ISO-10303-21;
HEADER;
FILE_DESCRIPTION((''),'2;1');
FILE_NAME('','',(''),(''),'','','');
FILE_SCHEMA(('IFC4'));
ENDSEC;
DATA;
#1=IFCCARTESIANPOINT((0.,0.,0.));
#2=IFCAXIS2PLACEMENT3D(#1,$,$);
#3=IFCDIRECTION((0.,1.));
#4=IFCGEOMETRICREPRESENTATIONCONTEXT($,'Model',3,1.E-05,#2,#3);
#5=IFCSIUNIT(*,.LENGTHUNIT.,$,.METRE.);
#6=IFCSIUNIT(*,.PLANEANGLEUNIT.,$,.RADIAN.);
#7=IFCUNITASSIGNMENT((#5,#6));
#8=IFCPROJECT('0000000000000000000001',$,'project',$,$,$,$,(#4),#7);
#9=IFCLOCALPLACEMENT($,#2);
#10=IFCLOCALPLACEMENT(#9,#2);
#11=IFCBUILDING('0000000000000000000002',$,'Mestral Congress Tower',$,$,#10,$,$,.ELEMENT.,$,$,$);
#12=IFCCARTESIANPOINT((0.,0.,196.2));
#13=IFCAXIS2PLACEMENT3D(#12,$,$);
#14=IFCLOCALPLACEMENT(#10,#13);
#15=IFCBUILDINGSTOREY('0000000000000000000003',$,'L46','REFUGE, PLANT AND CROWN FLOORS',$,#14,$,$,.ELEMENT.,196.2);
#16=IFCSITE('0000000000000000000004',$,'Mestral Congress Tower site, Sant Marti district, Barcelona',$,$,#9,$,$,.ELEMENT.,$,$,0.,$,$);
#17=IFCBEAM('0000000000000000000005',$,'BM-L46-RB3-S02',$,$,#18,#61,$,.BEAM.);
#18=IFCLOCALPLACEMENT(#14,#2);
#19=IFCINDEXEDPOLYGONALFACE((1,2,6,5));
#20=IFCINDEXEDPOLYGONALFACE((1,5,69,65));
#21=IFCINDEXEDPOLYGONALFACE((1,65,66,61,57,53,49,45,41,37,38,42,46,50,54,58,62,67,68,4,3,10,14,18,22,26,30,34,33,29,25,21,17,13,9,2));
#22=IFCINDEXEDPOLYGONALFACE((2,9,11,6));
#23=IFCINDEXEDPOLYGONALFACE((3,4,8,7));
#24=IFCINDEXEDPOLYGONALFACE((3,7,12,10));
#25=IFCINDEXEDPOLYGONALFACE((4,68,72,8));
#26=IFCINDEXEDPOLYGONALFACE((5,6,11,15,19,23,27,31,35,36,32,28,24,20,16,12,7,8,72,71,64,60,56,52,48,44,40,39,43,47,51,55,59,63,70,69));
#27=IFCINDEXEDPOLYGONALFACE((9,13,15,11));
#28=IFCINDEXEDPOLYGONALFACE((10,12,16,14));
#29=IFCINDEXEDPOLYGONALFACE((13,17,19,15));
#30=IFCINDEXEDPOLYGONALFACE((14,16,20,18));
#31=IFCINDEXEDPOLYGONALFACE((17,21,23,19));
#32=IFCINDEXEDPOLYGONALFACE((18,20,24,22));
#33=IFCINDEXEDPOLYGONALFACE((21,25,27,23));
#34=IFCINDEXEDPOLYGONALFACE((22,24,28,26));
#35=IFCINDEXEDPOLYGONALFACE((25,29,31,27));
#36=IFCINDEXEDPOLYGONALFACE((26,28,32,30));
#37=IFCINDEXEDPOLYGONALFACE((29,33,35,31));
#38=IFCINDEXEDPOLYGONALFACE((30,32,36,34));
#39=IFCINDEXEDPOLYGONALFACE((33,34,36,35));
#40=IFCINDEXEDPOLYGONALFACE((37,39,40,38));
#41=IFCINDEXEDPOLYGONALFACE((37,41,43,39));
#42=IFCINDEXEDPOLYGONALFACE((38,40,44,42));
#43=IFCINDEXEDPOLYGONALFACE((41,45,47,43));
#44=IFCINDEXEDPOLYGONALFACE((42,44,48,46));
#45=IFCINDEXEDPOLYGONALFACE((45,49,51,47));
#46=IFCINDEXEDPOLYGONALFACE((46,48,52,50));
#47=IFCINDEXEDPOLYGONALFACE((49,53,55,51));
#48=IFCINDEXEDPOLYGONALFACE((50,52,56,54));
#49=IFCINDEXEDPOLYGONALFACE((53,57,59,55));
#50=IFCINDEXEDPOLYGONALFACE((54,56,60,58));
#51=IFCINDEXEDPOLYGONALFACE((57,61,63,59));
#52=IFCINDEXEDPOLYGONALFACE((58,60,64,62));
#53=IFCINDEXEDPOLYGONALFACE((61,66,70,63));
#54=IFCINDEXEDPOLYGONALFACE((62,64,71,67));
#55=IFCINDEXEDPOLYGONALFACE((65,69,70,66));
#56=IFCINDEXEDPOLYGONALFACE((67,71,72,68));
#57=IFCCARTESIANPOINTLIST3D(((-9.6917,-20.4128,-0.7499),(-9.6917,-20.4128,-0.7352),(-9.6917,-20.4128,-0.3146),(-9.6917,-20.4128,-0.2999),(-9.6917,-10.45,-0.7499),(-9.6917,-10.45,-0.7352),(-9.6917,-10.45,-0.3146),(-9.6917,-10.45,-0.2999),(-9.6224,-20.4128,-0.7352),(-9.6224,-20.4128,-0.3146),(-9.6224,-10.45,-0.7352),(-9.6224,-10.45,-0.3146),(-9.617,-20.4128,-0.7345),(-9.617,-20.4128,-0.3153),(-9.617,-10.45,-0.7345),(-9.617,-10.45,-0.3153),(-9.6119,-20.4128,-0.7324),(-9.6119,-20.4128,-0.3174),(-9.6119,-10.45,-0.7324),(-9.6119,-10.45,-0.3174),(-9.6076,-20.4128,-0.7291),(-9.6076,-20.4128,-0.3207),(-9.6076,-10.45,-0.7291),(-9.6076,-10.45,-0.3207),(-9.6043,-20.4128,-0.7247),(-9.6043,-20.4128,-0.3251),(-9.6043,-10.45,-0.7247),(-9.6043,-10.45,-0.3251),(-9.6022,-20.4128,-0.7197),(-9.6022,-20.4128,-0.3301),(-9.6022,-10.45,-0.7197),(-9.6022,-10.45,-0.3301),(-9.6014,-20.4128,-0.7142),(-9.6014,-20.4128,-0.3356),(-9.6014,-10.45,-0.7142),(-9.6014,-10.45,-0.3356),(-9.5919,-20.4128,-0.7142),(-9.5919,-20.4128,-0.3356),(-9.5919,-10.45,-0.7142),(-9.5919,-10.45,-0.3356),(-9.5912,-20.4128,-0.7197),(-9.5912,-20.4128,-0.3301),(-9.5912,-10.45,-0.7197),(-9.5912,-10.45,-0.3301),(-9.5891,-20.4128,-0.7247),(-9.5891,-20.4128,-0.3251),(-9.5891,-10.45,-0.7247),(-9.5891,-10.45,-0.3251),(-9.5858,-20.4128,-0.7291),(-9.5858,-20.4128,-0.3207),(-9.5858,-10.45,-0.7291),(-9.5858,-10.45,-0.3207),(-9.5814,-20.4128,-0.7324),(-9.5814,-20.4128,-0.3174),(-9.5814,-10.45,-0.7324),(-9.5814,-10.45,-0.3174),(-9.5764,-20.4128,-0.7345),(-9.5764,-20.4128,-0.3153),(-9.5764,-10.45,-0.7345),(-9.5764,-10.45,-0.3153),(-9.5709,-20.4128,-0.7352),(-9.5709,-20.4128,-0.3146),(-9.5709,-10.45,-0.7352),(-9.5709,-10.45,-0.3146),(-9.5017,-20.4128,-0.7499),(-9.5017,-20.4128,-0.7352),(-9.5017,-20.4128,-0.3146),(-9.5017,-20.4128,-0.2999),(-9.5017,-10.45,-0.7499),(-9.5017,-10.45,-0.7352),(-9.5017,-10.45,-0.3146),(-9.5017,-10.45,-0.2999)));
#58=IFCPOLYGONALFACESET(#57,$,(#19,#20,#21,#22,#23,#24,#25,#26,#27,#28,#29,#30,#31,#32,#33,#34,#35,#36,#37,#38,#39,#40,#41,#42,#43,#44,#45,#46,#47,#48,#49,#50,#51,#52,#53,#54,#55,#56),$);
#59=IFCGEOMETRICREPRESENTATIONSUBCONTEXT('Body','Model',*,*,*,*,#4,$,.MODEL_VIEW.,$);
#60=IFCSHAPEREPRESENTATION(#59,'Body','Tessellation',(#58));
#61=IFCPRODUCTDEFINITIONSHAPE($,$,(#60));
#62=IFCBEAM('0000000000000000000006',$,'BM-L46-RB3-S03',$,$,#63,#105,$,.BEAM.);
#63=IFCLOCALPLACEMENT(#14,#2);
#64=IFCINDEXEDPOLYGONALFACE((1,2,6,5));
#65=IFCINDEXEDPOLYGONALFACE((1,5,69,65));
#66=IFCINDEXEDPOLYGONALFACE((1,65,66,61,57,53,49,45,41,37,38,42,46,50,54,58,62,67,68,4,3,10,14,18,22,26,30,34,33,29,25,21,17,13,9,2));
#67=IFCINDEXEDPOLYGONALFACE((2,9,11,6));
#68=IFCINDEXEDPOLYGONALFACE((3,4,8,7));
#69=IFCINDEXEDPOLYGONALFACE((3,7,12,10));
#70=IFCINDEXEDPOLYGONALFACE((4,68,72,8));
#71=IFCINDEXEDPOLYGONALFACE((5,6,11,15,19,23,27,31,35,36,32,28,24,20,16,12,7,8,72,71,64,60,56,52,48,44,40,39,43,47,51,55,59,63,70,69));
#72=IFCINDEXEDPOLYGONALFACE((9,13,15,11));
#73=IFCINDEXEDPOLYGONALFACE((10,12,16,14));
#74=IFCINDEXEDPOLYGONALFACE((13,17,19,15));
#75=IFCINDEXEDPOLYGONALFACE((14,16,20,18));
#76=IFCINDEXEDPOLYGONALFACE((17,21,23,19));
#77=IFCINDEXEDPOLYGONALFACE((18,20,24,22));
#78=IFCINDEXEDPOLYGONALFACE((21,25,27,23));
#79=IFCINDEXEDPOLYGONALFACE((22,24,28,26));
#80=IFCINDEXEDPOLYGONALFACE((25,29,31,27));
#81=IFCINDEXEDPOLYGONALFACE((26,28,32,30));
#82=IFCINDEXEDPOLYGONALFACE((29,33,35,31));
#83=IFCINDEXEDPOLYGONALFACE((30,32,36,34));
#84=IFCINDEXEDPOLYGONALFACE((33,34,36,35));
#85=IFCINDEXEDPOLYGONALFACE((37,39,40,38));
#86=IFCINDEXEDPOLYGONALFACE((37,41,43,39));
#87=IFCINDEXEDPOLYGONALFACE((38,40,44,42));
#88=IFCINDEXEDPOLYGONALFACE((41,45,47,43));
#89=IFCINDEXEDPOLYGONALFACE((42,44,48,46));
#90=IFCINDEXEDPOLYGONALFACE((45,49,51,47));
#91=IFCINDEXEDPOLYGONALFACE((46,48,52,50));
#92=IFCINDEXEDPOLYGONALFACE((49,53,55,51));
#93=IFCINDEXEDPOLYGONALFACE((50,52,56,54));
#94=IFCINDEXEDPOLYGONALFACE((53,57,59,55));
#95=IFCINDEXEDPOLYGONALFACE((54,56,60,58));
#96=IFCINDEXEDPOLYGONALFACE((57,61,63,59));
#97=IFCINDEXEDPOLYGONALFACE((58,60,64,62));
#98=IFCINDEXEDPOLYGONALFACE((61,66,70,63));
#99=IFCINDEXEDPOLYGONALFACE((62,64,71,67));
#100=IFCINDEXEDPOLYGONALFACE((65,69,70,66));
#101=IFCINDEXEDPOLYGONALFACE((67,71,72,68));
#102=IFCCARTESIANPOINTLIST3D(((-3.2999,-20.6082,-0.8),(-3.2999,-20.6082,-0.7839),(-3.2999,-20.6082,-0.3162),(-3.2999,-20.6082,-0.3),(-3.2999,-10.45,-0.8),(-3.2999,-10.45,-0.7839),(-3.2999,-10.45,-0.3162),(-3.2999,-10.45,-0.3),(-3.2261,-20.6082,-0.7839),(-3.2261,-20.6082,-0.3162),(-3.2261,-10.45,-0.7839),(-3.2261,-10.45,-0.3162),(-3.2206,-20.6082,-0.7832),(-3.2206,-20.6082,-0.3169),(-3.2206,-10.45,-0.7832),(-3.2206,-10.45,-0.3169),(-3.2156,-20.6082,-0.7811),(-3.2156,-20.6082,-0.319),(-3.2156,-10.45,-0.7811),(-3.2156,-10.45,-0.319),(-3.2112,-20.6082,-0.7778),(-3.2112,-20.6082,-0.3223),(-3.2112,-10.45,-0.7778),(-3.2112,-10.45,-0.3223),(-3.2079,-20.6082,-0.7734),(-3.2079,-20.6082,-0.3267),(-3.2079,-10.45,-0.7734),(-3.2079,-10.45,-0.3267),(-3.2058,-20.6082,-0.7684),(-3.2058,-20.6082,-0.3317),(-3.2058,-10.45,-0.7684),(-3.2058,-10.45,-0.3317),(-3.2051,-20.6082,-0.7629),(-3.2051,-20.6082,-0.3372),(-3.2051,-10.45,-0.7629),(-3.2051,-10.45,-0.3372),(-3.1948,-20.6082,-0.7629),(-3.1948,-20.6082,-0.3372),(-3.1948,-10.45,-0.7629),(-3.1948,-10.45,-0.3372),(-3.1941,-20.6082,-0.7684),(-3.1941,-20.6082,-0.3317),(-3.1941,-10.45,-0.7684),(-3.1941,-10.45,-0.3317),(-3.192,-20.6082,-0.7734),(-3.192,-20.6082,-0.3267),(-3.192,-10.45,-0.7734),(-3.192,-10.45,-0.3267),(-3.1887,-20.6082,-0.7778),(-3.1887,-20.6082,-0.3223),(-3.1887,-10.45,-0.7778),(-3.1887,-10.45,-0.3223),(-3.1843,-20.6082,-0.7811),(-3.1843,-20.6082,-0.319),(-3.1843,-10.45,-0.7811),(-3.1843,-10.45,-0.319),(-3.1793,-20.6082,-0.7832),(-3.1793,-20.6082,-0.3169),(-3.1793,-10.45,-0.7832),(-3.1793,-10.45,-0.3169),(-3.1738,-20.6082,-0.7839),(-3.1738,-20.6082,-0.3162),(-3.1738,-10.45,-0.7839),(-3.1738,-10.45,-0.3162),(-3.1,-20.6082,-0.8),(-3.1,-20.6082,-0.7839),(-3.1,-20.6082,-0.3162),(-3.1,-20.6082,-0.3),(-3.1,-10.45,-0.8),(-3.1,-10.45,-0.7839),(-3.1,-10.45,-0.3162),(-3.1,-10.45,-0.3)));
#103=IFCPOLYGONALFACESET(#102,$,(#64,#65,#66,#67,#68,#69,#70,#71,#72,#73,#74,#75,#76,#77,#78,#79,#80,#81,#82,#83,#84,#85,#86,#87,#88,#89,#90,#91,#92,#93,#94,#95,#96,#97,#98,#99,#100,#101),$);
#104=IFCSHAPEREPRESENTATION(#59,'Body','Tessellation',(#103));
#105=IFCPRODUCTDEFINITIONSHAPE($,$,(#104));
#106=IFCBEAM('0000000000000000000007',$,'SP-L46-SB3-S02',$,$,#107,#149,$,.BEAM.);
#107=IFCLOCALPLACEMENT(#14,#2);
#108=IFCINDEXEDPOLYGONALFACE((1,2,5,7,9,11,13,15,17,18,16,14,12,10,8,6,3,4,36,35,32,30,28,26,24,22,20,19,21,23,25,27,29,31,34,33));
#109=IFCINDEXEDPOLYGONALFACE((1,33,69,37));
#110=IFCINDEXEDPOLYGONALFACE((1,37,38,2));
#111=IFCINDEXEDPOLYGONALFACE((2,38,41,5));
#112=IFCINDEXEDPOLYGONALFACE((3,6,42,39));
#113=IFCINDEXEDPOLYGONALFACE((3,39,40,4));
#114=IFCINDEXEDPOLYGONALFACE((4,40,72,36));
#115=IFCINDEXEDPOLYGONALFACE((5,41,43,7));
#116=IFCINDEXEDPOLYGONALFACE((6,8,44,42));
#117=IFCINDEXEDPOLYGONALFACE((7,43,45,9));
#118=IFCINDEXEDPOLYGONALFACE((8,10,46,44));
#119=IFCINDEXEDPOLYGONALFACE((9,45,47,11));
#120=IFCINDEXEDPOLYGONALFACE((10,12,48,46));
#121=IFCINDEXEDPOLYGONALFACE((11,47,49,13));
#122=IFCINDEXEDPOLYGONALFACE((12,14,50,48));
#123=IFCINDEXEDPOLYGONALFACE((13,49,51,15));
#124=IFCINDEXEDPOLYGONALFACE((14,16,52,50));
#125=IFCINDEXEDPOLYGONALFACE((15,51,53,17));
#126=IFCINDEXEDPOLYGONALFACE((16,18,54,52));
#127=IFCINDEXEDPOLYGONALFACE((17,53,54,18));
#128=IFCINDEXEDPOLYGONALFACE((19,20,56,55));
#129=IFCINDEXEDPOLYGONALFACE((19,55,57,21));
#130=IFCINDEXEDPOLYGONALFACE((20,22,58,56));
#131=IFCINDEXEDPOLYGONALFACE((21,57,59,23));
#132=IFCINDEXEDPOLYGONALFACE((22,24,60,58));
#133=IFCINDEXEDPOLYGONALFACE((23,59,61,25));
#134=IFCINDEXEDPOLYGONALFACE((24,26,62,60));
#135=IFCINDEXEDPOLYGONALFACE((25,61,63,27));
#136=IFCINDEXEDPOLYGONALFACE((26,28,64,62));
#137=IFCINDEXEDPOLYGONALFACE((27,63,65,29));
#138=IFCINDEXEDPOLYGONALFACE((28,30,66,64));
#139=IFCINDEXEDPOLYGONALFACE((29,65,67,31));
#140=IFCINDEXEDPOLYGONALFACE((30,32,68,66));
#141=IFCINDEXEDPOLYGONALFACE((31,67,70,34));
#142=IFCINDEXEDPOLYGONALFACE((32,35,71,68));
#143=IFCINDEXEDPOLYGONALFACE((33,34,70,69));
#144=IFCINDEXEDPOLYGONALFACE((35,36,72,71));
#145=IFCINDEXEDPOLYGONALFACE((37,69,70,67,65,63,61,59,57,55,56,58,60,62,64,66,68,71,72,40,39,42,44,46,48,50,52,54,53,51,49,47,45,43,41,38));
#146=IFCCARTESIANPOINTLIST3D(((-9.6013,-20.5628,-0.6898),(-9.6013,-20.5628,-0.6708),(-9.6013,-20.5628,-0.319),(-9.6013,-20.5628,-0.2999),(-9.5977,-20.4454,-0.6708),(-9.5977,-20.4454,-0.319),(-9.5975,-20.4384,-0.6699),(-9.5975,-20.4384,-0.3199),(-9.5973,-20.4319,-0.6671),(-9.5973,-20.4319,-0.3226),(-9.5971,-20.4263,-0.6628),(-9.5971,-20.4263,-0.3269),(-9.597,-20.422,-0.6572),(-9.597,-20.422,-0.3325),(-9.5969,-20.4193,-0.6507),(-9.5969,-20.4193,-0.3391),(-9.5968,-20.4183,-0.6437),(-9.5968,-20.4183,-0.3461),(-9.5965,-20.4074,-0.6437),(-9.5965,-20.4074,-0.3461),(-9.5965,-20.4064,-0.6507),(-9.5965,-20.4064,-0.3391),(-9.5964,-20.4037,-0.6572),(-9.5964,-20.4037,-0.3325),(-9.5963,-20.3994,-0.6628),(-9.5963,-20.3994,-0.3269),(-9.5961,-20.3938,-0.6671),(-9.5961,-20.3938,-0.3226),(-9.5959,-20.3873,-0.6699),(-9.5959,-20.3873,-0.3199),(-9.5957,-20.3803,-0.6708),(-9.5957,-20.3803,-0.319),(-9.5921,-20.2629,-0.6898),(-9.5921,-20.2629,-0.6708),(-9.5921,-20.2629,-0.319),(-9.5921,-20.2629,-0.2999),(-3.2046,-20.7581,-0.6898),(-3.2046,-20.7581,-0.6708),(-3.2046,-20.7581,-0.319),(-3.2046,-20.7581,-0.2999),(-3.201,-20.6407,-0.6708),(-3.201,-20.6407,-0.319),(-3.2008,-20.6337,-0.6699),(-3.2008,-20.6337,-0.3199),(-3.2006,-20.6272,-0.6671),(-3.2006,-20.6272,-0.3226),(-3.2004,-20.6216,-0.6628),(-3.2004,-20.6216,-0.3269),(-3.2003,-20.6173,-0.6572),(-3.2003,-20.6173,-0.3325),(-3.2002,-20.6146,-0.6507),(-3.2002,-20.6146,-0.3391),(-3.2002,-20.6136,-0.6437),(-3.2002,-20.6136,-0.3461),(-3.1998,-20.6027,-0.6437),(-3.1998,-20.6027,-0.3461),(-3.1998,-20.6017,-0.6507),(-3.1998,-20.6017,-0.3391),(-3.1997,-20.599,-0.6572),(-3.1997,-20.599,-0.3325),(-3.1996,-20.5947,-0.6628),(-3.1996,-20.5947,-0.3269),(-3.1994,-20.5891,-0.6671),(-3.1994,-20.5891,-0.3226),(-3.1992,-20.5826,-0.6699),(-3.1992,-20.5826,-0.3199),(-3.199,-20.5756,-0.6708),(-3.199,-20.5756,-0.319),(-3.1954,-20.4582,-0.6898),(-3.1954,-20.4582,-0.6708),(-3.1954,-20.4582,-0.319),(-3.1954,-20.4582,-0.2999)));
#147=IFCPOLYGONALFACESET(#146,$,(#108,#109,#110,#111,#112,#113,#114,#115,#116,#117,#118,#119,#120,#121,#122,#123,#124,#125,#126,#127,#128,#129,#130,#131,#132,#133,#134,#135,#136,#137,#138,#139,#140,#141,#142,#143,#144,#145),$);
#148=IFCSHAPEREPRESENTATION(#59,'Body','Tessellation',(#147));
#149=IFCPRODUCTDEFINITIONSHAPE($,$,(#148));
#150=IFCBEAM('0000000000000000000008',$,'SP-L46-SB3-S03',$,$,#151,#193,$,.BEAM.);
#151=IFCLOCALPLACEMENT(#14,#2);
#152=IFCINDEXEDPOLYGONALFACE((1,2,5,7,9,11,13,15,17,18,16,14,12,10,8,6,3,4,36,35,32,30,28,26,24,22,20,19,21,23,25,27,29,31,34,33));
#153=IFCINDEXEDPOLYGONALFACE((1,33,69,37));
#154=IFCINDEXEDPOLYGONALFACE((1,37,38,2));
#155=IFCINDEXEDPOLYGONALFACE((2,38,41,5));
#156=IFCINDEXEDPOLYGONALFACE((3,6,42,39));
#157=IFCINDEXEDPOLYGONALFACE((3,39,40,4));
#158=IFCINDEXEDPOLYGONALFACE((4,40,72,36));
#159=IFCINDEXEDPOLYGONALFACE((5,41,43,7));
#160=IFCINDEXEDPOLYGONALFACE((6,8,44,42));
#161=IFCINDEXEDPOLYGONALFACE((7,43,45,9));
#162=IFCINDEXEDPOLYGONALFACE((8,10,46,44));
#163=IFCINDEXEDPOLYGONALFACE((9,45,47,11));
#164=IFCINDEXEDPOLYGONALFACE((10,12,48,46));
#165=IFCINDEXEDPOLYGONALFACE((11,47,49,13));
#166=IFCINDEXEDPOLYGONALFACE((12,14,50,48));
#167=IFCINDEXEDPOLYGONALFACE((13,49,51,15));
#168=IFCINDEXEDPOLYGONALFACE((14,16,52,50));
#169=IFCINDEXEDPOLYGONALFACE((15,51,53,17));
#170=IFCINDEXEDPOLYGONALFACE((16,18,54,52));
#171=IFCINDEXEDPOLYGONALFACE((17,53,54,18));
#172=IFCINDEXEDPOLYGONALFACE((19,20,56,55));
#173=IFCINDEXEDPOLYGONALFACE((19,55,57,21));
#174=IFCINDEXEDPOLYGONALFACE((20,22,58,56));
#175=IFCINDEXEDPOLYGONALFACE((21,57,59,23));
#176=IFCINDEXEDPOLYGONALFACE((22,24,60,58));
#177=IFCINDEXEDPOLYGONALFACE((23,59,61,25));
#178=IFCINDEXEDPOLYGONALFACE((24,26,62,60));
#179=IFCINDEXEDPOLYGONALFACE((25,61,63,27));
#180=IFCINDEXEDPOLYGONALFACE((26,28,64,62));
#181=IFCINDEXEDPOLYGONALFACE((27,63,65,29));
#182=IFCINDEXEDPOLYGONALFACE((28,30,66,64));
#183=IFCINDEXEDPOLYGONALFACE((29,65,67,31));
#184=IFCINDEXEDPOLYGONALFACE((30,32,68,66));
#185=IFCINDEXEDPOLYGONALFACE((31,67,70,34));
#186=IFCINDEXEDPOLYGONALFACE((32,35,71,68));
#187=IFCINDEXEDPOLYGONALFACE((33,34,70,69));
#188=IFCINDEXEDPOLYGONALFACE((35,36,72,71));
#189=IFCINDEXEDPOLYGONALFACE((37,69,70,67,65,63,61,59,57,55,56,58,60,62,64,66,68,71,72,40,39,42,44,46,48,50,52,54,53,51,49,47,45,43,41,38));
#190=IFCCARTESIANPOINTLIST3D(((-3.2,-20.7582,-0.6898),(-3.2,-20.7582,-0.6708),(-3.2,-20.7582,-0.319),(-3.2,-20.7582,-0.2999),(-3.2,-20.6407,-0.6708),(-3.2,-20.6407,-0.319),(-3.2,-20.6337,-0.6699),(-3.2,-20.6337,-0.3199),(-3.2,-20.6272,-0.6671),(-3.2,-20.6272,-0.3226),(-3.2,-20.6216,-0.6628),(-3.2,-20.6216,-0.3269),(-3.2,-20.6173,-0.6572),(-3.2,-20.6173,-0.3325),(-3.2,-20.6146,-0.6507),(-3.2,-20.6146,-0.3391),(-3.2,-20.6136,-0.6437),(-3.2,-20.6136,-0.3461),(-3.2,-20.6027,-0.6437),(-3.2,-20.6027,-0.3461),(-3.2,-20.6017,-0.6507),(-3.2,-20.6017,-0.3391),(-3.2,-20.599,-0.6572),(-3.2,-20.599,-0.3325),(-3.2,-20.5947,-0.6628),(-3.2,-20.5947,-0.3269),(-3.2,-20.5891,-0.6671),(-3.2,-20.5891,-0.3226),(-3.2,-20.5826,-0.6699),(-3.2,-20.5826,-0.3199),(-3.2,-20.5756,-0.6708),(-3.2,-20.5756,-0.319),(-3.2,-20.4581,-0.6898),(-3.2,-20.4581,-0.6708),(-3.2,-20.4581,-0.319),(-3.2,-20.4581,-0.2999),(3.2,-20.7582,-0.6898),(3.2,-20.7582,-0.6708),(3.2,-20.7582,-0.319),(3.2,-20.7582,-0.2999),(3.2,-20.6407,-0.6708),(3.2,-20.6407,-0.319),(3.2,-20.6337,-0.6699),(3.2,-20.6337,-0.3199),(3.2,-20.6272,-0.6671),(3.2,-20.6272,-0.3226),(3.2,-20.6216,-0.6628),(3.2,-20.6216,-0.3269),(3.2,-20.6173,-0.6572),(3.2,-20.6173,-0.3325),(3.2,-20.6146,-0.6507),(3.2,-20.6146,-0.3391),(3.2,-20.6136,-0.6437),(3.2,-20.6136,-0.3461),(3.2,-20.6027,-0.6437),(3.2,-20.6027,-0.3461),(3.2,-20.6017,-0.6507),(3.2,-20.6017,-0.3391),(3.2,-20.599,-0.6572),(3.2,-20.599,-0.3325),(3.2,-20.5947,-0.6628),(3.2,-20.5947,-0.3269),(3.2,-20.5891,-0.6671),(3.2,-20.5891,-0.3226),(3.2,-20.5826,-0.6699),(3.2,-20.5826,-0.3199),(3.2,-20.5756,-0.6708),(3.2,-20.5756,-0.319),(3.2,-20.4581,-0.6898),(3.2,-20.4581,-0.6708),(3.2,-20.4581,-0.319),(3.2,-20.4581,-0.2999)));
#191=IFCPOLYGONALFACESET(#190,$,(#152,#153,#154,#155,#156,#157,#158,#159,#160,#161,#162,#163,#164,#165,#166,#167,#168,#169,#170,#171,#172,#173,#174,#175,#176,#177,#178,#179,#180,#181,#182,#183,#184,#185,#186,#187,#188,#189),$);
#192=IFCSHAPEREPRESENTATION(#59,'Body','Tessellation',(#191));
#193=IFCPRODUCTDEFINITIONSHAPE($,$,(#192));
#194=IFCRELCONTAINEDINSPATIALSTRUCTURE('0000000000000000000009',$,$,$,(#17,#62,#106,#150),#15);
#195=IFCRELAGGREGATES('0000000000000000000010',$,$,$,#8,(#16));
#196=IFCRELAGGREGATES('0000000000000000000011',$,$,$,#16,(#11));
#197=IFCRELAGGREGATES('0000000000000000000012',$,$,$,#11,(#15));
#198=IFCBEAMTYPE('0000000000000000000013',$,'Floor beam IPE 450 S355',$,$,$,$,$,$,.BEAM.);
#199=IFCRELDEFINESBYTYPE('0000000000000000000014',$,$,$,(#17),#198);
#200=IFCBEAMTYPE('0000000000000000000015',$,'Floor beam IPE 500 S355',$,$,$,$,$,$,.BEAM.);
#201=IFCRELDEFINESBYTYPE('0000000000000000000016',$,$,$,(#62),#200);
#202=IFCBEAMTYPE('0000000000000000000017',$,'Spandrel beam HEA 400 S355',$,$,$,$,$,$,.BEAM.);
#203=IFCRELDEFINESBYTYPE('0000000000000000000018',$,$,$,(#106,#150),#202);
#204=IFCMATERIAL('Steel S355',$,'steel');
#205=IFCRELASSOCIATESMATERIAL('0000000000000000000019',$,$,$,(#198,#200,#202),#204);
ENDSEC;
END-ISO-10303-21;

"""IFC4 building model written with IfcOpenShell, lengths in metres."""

from ifc_helpers import new_model, si_unit, direction, frame, origin, origin_2d, place, context, subcontext, project, spatial, i_section, extrude, material, material_profile, profile_set, type_object, element, save


model = new_model("IFC4")

# Units and contexts
model_context = context("Model", 3, precision=1e-05, world=origin(), true_north=direction((0.0, 1.0)))
body_context = subcontext(model_context, "Body", "Model", "MODEL_VIEW")
ifc_project = project(units=[si_unit("LENGTHUNIT", "METRE"), si_unit("PLANEANGLEUNIT", "RADIAN")], contexts=[model_context])

# Site, building, storey
site_placement = place(None, origin())
site = spatial("IfcSite", under=ifc_project, at=site_placement, Name="Mestral Congress Tower site, Sant Marti district, Barcelona", CompositionType="ELEMENT", RefElevation=0.0)
building_placement = place(site_placement, origin())
building = spatial("IfcBuilding", under=site, at=building_placement, Name="Mestral Congress Tower", CompositionType="ELEMENT")
storey_placement = place(building_placement, frame((0.0, 0.0, 196.2)))
storey = spatial("IfcBuildingStorey", under=building, at=storey_placement, Name="L46", Description="REFUGE, PLANT AND CROWN FLOORS", CompositionType="ELEMENT", Elevation=196.2)

# Shared definitions
ifc_material_1 = material(Name="Steel S355", Category="steel")

# Beams
ifc_material_profile_1 = material_profile(ifc_material_1, i_section(OverallWidth=0.1899, OverallDepth=0.45, WebThickness=0.0095, FlangeThickness=0.0146, FilletRadius=0.021, at=origin_2d()), Name="IPE 450")
ifc_profile_set_1 = profile_set([ifc_material_profile_1], Name="Steel S355")
beam_type_1 = type_object("IfcBeamType", Name="Floor beam IPE 450 S355", PredefinedType="BEAM", material=ifc_profile_set_1)
beam_1_placement = place(storey_placement, frame((-9.5967, -20.4128, -0.5249), z_axis=(0.0, 1.0, 0.0), x_axis=(-1.0, 0.0, 0.0)))
element("IfcBeam", 1, at=beam_1_placement, inside=storey, type_object=beam_type_1, Name="BM-L46-RB3-S02", PredefinedType="BEAM", context=body_context, shape_type="SweptSolid", body=[
    extrude(i_section(OverallWidth=0.1899, OverallDepth=0.45, WebThickness=0.0095, FlangeThickness=0.0146, FilletRadius=0.021, at=origin_2d()), origin(), (0.0, 0.0, 1.0), 9.9629),
])
ifc_material_profile_2 = material_profile(ifc_material_1, i_section(OverallWidth=0.2, OverallDepth=0.5, WebThickness=0.0103, FlangeThickness=0.0161, FilletRadius=0.021, at=origin_2d()), Name="IPE 500")
ifc_profile_set_2 = profile_set([ifc_material_profile_2], Name="Steel S355")
beam_type_2 = type_object("IfcBeamType", Name="Floor beam IPE 500 S355", PredefinedType="BEAM", material=ifc_profile_set_2)
beam_2_placement = place(storey_placement, frame((-3.2, -20.6082, -0.55), z_axis=(0.0, 1.0, 0.0), x_axis=(-1.0, 0.0, 0.0)))
element("IfcBeam", 2, at=beam_2_placement, inside=storey, type_object=beam_type_2, Name="BM-L46-RB3-S03", PredefinedType="BEAM", context=body_context, shape_type="SweptSolid", body=[
    extrude(i_section(OverallWidth=0.2, OverallDepth=0.5, WebThickness=0.0103, FlangeThickness=0.0161, FilletRadius=0.021, at=origin_2d()), origin(), (0.0, 0.0, 1.0), 10.1582),
])
ifc_material_profile_3 = material_profile(ifc_material_1, i_section(OverallWidth=0.3, OverallDepth=0.3899, WebThickness=0.011, FlangeThickness=0.019, FilletRadius=0.0271, at=origin_2d()), Name="HEA 400")
ifc_profile_set_3 = profile_set([ifc_material_profile_3], Name="Steel S355")
beam_type_3 = type_object("IfcBeamType", Name="Spandrel beam HEA 400 S355", PredefinedType="BEAM", material=ifc_profile_set_3)
beam_3_placement = place(storey_placement, frame((-9.5967, -20.4128, -0.4949), z_axis=(0.999534, -0.030519, 0.0), x_axis=(0.030519, 0.999534, 0.0)))
element("IfcBeam", 3, at=beam_3_placement, inside=storey, type_object=beam_type_3, Name="SP-L46-SB3-S02", PredefinedType="BEAM", context=body_context, shape_type="SweptSolid", body=[
    extrude(i_section(OverallWidth=0.3, OverallDepth=0.3899, WebThickness=0.011, FlangeThickness=0.019, FilletRadius=0.0271, at=origin_2d()), origin(), (0.0, 0.0, 1.0), 6.3997),
])
beam_4_placement = place(storey_placement, frame((-3.2, -20.6082, -0.4949), z_axis=(1.0, 0.0, 0.0), x_axis=(0.0, 1.0, 0.0)))
element("IfcBeam", 4, at=beam_4_placement, inside=storey, type_object=beam_type_3, Name="SP-L46-SB3-S03", PredefinedType="BEAM", context=body_context, shape_type="SweptSolid", body=[
    extrude(i_section(OverallWidth=0.3, OverallDepth=0.3899, WebThickness=0.011, FlangeThickness=0.019, FilletRadius=0.0271, at=origin_2d()), origin(), (0.0, 0.0, 1.0), 6.3999),
])

save(model, "model.ifc")
